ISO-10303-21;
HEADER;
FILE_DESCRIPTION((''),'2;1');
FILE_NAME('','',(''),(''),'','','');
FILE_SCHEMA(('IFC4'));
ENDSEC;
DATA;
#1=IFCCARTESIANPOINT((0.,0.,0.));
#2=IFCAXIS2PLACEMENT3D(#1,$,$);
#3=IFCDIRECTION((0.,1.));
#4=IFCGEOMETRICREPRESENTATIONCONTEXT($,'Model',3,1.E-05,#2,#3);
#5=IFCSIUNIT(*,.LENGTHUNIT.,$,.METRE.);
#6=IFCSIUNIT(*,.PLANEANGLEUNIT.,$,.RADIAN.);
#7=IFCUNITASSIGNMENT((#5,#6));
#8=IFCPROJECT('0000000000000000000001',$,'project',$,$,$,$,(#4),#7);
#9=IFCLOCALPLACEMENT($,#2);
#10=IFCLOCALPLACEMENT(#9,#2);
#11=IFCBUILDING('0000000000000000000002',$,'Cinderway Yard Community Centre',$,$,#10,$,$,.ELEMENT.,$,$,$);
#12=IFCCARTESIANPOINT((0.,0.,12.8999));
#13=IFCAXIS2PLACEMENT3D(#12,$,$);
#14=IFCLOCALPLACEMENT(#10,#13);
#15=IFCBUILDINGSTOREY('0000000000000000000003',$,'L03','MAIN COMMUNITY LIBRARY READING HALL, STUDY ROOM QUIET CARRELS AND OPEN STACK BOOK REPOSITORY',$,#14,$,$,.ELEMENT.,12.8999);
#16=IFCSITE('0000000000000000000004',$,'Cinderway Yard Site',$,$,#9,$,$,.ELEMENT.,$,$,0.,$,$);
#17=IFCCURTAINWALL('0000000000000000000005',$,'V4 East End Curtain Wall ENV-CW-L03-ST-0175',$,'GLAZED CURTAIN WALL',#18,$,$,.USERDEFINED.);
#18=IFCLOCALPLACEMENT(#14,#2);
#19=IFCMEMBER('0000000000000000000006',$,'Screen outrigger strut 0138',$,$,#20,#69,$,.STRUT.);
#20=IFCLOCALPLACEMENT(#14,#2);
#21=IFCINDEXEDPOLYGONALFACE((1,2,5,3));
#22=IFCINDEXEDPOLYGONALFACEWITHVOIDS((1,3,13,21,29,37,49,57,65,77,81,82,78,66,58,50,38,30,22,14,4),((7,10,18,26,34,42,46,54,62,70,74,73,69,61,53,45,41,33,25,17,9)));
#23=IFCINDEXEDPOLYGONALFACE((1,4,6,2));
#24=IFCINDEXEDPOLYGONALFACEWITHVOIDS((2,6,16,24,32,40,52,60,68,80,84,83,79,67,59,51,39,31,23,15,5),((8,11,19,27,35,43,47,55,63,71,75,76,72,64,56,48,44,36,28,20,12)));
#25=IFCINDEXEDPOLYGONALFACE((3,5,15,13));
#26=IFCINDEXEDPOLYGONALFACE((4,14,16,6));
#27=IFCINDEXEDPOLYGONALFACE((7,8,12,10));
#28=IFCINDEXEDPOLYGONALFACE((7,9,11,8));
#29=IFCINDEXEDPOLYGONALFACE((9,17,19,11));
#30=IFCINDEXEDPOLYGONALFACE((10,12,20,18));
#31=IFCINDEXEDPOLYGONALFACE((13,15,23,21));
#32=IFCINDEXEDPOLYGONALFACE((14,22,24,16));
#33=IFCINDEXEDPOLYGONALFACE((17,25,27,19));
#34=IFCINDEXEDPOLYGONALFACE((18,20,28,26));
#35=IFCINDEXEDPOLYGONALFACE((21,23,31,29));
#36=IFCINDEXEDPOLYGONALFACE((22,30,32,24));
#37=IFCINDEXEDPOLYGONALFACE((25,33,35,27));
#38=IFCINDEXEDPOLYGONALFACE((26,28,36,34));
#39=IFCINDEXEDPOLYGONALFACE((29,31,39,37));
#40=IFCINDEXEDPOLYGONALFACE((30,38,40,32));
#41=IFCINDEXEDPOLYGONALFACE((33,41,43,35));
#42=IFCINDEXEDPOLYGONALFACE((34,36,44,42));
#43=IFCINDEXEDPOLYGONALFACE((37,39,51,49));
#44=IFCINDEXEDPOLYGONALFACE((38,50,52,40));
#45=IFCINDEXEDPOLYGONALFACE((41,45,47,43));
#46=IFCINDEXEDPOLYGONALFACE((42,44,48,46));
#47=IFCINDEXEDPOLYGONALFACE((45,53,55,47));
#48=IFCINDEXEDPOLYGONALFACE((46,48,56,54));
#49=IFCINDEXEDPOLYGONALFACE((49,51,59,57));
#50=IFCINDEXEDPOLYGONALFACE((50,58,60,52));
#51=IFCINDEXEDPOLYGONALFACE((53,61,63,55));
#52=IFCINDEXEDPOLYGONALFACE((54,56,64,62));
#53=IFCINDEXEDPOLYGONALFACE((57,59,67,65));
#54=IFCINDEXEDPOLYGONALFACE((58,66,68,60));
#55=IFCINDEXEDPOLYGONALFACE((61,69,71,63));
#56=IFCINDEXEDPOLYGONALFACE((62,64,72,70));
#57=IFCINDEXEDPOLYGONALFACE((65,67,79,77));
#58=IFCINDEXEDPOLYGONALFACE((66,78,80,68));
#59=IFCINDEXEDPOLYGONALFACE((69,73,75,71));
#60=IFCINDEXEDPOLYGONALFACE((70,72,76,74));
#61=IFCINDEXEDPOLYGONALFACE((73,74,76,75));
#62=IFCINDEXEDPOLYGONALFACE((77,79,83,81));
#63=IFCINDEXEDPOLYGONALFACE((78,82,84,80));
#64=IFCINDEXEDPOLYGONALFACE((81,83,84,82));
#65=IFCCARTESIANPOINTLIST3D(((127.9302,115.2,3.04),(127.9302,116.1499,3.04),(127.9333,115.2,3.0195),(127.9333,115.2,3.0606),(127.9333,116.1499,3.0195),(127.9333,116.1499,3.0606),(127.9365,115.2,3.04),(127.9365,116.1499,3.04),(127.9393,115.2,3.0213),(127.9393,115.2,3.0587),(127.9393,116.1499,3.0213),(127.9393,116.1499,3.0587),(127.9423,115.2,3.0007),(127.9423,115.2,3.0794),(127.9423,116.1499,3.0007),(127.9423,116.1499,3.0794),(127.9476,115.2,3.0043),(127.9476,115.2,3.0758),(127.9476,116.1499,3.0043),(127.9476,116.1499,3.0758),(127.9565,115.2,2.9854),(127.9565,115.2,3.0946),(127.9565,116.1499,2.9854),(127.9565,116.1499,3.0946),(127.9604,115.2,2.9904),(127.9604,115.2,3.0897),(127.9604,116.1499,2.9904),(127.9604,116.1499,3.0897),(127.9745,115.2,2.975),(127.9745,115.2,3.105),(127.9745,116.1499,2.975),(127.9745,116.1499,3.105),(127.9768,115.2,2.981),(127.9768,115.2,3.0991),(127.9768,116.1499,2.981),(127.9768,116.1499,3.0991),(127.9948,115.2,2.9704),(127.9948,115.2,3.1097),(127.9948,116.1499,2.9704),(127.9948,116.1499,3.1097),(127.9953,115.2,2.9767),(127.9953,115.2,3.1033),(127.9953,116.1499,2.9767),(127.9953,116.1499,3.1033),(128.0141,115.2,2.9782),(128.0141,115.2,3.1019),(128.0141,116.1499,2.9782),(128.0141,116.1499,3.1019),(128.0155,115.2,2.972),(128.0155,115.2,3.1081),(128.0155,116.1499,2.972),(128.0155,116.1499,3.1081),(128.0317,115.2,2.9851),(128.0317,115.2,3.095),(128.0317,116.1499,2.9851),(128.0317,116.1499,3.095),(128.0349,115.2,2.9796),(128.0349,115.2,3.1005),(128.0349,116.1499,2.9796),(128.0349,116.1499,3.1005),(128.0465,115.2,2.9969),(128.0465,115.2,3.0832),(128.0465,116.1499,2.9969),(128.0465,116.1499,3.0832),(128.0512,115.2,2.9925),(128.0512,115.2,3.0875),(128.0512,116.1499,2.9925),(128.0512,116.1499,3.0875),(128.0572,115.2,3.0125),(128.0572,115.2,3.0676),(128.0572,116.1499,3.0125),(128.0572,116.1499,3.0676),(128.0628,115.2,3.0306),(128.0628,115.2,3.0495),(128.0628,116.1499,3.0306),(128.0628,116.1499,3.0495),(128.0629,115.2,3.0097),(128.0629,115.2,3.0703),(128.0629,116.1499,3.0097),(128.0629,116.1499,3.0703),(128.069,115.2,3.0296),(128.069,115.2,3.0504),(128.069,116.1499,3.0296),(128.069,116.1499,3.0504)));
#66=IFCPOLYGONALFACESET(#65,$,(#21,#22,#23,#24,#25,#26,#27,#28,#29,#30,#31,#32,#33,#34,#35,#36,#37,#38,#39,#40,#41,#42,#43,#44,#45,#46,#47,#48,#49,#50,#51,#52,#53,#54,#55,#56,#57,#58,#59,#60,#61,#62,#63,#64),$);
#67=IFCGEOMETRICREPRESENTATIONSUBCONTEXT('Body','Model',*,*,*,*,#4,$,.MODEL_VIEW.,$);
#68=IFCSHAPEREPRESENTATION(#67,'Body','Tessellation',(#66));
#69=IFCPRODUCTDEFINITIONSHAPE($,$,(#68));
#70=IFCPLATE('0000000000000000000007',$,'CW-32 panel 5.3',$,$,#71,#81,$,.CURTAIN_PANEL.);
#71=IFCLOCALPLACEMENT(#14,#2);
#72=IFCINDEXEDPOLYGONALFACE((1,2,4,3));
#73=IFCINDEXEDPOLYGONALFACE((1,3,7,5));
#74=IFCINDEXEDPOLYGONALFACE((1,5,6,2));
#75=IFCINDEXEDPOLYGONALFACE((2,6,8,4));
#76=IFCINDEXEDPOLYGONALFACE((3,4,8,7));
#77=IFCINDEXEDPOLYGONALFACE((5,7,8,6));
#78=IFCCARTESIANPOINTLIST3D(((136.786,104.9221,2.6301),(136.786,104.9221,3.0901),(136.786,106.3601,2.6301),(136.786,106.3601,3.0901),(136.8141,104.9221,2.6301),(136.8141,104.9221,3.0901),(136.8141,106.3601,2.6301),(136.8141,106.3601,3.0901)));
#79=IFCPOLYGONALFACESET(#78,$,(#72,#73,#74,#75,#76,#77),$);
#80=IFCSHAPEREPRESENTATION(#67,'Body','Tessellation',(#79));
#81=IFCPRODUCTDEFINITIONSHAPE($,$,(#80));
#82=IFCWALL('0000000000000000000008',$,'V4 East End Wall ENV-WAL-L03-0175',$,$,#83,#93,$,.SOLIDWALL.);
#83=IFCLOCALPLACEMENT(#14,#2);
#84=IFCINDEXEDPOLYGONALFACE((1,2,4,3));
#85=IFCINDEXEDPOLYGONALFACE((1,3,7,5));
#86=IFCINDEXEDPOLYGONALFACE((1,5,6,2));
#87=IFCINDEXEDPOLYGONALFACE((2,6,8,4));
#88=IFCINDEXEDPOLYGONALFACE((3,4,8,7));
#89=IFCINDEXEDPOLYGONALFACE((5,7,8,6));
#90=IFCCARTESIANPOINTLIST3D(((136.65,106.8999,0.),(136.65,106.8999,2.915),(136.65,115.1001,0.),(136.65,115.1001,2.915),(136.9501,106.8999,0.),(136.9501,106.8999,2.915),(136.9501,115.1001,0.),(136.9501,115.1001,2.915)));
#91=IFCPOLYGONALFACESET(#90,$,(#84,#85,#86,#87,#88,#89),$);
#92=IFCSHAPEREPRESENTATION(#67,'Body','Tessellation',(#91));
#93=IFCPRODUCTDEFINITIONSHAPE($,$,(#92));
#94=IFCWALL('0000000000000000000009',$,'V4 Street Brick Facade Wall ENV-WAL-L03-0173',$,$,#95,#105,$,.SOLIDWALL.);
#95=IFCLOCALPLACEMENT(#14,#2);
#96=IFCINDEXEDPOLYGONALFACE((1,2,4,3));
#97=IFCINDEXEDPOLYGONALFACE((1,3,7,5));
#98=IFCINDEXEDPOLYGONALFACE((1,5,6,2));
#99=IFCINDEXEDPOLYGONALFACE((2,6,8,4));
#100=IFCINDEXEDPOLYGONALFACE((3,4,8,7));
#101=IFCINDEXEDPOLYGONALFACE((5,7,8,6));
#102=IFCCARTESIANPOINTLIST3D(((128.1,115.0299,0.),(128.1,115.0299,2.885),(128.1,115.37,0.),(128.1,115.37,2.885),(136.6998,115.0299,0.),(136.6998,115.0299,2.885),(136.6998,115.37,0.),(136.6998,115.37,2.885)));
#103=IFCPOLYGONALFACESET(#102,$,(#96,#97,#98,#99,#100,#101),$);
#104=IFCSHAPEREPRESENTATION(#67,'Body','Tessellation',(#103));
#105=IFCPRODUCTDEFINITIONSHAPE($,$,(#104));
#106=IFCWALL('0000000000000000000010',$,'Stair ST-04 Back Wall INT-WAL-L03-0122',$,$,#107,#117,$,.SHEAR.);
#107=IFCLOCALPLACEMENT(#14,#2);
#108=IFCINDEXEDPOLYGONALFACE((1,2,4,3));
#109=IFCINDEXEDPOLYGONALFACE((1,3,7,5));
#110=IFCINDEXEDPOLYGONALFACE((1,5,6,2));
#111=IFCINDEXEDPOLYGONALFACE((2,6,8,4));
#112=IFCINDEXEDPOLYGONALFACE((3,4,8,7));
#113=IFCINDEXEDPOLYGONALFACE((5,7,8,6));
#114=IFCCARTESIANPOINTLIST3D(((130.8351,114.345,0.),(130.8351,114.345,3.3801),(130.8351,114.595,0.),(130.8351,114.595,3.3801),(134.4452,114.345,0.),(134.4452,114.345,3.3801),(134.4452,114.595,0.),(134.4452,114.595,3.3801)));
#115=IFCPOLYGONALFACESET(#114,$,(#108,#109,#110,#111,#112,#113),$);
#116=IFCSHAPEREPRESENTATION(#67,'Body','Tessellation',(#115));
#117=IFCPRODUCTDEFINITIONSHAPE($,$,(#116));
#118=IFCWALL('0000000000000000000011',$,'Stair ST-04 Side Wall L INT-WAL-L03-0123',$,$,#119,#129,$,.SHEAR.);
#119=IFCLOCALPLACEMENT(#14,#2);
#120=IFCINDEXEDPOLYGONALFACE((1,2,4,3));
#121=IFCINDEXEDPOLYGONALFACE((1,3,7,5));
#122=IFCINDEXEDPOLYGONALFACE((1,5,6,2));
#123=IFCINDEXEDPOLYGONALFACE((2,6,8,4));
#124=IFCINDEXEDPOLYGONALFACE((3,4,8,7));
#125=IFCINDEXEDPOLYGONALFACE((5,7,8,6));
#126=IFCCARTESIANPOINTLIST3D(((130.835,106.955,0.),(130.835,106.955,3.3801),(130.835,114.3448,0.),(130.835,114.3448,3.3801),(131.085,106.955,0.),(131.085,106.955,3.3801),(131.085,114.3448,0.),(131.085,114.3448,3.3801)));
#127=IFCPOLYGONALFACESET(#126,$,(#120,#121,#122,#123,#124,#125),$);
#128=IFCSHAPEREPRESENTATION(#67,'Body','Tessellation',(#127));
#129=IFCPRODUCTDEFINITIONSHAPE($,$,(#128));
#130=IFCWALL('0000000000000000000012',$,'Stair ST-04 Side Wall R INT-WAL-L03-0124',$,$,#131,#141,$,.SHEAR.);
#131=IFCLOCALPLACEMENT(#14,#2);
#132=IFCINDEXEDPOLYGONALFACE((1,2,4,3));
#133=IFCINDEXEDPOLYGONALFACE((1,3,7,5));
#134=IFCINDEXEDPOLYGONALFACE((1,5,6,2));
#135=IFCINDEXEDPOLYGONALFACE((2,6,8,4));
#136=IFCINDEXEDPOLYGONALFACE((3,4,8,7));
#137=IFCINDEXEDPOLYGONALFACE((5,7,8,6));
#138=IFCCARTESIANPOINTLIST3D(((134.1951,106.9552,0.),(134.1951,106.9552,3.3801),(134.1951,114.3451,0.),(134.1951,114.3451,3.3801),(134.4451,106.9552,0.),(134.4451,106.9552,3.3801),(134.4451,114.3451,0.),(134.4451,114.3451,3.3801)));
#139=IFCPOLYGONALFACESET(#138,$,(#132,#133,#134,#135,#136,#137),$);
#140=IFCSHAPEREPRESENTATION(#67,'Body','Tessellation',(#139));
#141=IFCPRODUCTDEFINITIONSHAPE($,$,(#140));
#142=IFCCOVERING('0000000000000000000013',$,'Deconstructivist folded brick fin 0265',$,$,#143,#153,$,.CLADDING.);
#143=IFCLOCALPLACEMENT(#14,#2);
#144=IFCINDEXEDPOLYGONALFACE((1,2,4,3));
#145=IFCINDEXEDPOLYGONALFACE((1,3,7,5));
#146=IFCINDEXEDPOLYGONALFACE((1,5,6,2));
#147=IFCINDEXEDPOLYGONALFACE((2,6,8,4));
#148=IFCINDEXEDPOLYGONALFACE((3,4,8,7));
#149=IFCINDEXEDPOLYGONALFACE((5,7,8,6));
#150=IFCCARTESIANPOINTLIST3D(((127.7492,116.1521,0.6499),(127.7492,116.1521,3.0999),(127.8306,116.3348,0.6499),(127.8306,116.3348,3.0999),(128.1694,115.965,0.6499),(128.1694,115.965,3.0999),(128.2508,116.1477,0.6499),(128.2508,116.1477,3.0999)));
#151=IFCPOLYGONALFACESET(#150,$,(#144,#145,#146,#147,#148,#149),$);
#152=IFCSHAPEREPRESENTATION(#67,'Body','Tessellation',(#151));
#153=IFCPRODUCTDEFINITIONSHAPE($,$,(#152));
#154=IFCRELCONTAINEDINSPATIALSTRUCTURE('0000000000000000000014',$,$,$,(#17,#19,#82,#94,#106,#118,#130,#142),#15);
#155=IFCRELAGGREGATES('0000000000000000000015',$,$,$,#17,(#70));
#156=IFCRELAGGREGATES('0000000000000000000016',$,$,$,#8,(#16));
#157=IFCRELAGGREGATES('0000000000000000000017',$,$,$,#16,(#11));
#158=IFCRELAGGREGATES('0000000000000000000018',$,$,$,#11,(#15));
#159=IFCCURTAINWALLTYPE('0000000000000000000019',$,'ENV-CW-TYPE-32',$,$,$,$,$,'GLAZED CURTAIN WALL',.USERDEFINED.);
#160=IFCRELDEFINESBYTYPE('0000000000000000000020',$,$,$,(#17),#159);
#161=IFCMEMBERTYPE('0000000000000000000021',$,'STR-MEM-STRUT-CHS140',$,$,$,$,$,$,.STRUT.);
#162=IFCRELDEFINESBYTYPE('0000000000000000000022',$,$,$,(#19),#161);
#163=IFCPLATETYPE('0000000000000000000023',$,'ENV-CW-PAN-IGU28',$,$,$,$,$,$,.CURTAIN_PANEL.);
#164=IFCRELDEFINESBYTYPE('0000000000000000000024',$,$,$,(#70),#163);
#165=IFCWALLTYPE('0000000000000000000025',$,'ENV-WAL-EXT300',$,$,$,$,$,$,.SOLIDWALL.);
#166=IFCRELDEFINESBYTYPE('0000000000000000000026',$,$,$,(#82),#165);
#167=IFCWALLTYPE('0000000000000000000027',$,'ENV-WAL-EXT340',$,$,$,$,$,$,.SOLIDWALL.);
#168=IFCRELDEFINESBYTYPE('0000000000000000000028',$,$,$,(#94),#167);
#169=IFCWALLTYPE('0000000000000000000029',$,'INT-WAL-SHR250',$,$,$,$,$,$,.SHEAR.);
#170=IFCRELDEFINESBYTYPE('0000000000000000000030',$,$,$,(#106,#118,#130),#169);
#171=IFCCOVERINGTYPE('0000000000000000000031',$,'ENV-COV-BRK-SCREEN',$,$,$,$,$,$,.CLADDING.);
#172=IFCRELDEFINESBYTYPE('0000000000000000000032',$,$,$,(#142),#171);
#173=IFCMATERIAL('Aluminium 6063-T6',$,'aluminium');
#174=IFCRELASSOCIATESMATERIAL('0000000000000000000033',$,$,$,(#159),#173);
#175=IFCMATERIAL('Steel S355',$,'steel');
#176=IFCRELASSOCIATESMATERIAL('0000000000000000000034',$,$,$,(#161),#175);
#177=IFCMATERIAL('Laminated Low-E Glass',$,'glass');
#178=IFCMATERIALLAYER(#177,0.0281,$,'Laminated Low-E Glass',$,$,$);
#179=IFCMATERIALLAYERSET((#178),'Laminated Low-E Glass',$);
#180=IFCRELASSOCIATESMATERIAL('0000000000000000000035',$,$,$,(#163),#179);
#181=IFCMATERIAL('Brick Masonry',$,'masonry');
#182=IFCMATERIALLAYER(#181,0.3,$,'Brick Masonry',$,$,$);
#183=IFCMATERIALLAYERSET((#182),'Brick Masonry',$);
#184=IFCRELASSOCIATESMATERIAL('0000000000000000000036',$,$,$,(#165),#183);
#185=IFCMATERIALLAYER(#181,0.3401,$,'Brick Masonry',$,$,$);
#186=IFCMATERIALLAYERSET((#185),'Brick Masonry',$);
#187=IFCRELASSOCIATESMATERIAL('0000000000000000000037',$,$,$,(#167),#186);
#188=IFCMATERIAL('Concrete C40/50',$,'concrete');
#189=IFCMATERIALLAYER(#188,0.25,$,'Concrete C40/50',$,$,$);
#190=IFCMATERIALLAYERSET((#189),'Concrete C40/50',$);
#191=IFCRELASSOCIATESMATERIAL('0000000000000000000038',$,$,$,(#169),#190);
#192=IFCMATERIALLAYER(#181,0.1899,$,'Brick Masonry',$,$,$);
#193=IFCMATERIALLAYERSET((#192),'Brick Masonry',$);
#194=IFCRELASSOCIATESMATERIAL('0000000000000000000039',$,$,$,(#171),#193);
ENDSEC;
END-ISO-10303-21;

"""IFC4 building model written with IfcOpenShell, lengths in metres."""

from ifc_helpers import new_model, si_unit, direction, frame, frame_2d, origin, origin_2d, place, context, subcontext, project, spatial, rectangle, hollow_circle, extrude, material, layer, layer_set, material_profile, profile_set, type_object, element, aggregate, save


model = new_model("IFC4")

# Units and contexts
model_context = context("Model", 3, precision=1e-05, world=origin(), true_north=direction((0.0, 1.0)))
body_context = subcontext(model_context, "Body", "Model", "MODEL_VIEW")
ifc_project = project(units=[si_unit("LENGTHUNIT", "METRE"), si_unit("PLANEANGLEUNIT", "RADIAN")], contexts=[model_context])

# Site, building, storey
site_placement = place(None, origin())
site = spatial("IfcSite", under=ifc_project, at=site_placement, Name="Cinderway Yard Site", CompositionType="ELEMENT", RefElevation=0.0)
building_placement = place(site_placement, origin())
building = spatial("IfcBuilding", under=site, at=building_placement, Name="Cinderway Yard Community Centre", CompositionType="ELEMENT")
storey_placement = place(building_placement, frame((0.0, 0.0, 12.8999)))
storey = spatial("IfcBuildingStorey", under=building, at=storey_placement, Name="L03", Description="MAIN COMMUNITY LIBRARY READING HALL, STUDY ROOM QUIET CARRELS AND OPEN STACK BOOK REPOSITORY", CompositionType="ELEMENT", Elevation=12.8999)

# Shared definitions
ifc_material_1 = material(Name="Concrete C40/50", Category="concrete")

# Curtain wall
ifc_material_2 = material(Name="Aluminium 6063-T6", Category="aluminium")
curtain_wall_type = type_object("IfcCurtainWallType", Name="ENV-CW-TYPE-32", ElementType="GLAZED CURTAIN WALL", PredefinedType="USERDEFINED", material=ifc_material_2)
curtain_wall_placement = place(storey_placement, origin())
curtain_wall = element("IfcCurtainWall", 1, at=curtain_wall_placement, inside=storey, type_object=curtain_wall_type, Name="V4 East End Curtain Wall ENV-CW-L03-ST-0175", ObjectType="GLAZED CURTAIN WALL", PredefinedType="USERDEFINED")

# Shared definitions
ifc_material_3 = material(Name="Steel S355", Category="steel")

# Member
ifc_material_profile_1 = material_profile(ifc_material_3, hollow_circle(Radius=0.0698, WallThickness=0.0063, at=origin_2d()), Name="Steel S355")
ifc_profile_set_1 = profile_set([ifc_material_profile_1], Name="Steel S355")
member_type_1 = type_object("IfcMemberType", Name="STR-MEM-STRUT-CHS140", PredefinedType="STRUT", material=ifc_profile_set_1)
member_1_placement = place(storey_placement, frame((128.0, 115.2, 3.04), z_axis=(0.0, 1.0, 0.0), x_axis=(-1.0, 0.0, 0.0)))
element("IfcMember", 2, at=member_1_placement, inside=storey, type_object=member_type_1, Name="Screen outrigger strut 0138", PredefinedType="STRUT", context=body_context, shape_type="SweptSolid", body=[
    extrude(hollow_circle(Radius=0.0698, WallThickness=0.0063, at=origin_2d()), origin(), (0.0, 0.0, 1.0), 0.95),
])

# Plate
ifc_material_4 = material(Name="Laminated Low-E Glass", Category="glass")
ifc_layer_1 = layer(ifc_material_4, 0.0281, Name="Laminated Low-E Glass")
ifc_layer_set_1 = layer_set([ifc_layer_1], Name="Laminated Low-E Glass")
plate_type = type_object("IfcPlateType", Name="ENV-CW-PAN-IGU28", PredefinedType="CURTAIN_PANEL", material=ifc_layer_set_1)
plate_placement = place(storey_placement, frame((136.8, 105.6411, 2.6301), z_axis=(0.0, 0.0, 1.0), x_axis=(0.0, 1.0, 0.0)))
plate = element("IfcPlate", 3, at=plate_placement, type_object=plate_type, Name="CW-32 panel 5.3", PredefinedType="CURTAIN_PANEL", context=body_context, shape_type="SweptSolid", body=[
    extrude(rectangle(XDim=1.438, YDim=0.0281, at=origin_2d()), origin(), (0.0, 0.0, 1.0), 0.46),
])
aggregate(curtain_wall, [plate])

# Walls
ifc_material_5 = material(Name="Brick Masonry", Category="masonry")
ifc_layer_2 = layer(ifc_material_5, 0.3, Name="Brick Masonry")
ifc_layer_set_2 = layer_set([ifc_layer_2], Name="Brick Masonry")
wall_type_1 = type_object("IfcWallType", Name="ENV-WAL-EXT300", PredefinedType="SOLIDWALL", material=ifc_layer_set_2)
wall_1_placement = place(storey_placement, frame((136.8, 106.8999, 0.0), z_axis=(0.0, 0.0, 1.0), x_axis=(0.0, 1.0, 0.0)))
element("IfcWall", 4, at=wall_1_placement, inside=storey, type_object=wall_type_1, Name="V4 East End Wall ENV-WAL-L03-0175", PredefinedType="SOLIDWALL", context=body_context, shape_type="SweptSolid", body=[
    extrude(rectangle(XDim=8.2002, YDim=0.3, at=frame_2d((4.1001, 0.0))), origin(), (0.0, 0.0, 1.0), 2.915),
])
ifc_layer_3 = layer(ifc_material_5, 0.3401, Name="Brick Masonry")
ifc_layer_set_3 = layer_set([ifc_layer_3], Name="Brick Masonry")
wall_type_2 = type_object("IfcWallType", Name="ENV-WAL-EXT340", PredefinedType="SOLIDWALL", material=ifc_layer_set_3)
wall_2_placement = place(storey_placement, frame((128.1001, 115.2, 0.0), z_axis=(0.0, 0.0, 1.0), x_axis=(1.0, 0.0, 0.0)))
element("IfcWall", 5, at=wall_2_placement, inside=storey, type_object=wall_type_2, Name="V4 Street Brick Facade Wall ENV-WAL-L03-0173", PredefinedType="SOLIDWALL", context=body_context, shape_type="SweptSolid", body=[
    extrude(rectangle(XDim=8.5999, YDim=0.3401, at=frame_2d((4.2998, 0.0))), origin(), (0.0, 0.0, 1.0), 2.885),
])

# Shared definitions
ifc_layer_4 = layer(ifc_material_1, 0.25, Name="Concrete C40/50")
ifc_layer_set_4 = layer_set([ifc_layer_4], Name="Concrete C40/50")
wall_type_3 = type_object("IfcWallType", Name="INT-WAL-SHR250", PredefinedType="SHEAR", material=ifc_layer_set_4)

# Walls
wall_3_placement = place(storey_placement, frame((130.835, 114.47, 0.0), z_axis=(0.0, 0.0, 1.0), x_axis=(1.0, 0.0, 0.0)))
element("IfcWall", 6, at=wall_3_placement, inside=storey, type_object=wall_type_3, Name="Stair ST-04 Back Wall INT-WAL-L03-0122", PredefinedType="SHEAR", context=body_context, shape_type="SweptSolid", body=[
    extrude(rectangle(XDim=3.6101, YDim=0.25, at=frame_2d((1.8052, 0.0))), origin(), (0.0, 0.0, 1.0), 3.3801),
])
for number, where, z_axis, x_axis, name in (
    (7, (130.96, 106.9551, 0.0), (0.0, 0.0, 1.0), (0.0, 1.0, 0.0), "Stair ST-04 Side Wall L INT-WAL-L03-0123"),
    (8, (134.3201, 114.345, 0.0), (0.0, 0.0, 1.0), (0.0, -1.0, 0.0), "Stair ST-04 Side Wall R INT-WAL-L03-0124"),
):
    element("IfcWall", number, at=place(storey_placement, frame(where, z_axis=z_axis, x_axis=x_axis)), inside=storey, type_object=wall_type_3, Name=name, PredefinedType="SHEAR", context=body_context, shape_type="SweptSolid", body=[
        extrude(rectangle(XDim=7.3899, YDim=0.25, at=frame_2d((3.6948, 0.0))), origin(), (0.0, 0.0, 1.0), 3.3801),
    ])

# Covering
ifc_layer_5 = layer(ifc_material_5, 0.1899, Name="Brick Masonry")
ifc_layer_set_5 = layer_set([ifc_layer_5], Name="Brick Masonry")
covering_type = type_object("IfcCoveringType", Name="ENV-COV-BRK-SCREEN", PredefinedType="CLADDING", material=ifc_layer_set_5)
covering_placement = place(storey_placement, frame((128.0, 116.1499, 0.6499), z_axis=(0.0, 0.0, 1.0), x_axis=(0.913545, -0.406737, 0.0)))
element("IfcCovering", 9, at=covering_placement, inside=storey, type_object=covering_type, Name="Deconstructivist folded brick fin 0265", PredefinedType="CLADDING", context=body_context, shape_type="SweptSolid", body=[
    extrude(rectangle(XDim=0.46, YDim=0.2, at=origin_2d()), origin(), (0.0, 0.0, 1.0), 2.45),
])

save(model, "model.ifc")
